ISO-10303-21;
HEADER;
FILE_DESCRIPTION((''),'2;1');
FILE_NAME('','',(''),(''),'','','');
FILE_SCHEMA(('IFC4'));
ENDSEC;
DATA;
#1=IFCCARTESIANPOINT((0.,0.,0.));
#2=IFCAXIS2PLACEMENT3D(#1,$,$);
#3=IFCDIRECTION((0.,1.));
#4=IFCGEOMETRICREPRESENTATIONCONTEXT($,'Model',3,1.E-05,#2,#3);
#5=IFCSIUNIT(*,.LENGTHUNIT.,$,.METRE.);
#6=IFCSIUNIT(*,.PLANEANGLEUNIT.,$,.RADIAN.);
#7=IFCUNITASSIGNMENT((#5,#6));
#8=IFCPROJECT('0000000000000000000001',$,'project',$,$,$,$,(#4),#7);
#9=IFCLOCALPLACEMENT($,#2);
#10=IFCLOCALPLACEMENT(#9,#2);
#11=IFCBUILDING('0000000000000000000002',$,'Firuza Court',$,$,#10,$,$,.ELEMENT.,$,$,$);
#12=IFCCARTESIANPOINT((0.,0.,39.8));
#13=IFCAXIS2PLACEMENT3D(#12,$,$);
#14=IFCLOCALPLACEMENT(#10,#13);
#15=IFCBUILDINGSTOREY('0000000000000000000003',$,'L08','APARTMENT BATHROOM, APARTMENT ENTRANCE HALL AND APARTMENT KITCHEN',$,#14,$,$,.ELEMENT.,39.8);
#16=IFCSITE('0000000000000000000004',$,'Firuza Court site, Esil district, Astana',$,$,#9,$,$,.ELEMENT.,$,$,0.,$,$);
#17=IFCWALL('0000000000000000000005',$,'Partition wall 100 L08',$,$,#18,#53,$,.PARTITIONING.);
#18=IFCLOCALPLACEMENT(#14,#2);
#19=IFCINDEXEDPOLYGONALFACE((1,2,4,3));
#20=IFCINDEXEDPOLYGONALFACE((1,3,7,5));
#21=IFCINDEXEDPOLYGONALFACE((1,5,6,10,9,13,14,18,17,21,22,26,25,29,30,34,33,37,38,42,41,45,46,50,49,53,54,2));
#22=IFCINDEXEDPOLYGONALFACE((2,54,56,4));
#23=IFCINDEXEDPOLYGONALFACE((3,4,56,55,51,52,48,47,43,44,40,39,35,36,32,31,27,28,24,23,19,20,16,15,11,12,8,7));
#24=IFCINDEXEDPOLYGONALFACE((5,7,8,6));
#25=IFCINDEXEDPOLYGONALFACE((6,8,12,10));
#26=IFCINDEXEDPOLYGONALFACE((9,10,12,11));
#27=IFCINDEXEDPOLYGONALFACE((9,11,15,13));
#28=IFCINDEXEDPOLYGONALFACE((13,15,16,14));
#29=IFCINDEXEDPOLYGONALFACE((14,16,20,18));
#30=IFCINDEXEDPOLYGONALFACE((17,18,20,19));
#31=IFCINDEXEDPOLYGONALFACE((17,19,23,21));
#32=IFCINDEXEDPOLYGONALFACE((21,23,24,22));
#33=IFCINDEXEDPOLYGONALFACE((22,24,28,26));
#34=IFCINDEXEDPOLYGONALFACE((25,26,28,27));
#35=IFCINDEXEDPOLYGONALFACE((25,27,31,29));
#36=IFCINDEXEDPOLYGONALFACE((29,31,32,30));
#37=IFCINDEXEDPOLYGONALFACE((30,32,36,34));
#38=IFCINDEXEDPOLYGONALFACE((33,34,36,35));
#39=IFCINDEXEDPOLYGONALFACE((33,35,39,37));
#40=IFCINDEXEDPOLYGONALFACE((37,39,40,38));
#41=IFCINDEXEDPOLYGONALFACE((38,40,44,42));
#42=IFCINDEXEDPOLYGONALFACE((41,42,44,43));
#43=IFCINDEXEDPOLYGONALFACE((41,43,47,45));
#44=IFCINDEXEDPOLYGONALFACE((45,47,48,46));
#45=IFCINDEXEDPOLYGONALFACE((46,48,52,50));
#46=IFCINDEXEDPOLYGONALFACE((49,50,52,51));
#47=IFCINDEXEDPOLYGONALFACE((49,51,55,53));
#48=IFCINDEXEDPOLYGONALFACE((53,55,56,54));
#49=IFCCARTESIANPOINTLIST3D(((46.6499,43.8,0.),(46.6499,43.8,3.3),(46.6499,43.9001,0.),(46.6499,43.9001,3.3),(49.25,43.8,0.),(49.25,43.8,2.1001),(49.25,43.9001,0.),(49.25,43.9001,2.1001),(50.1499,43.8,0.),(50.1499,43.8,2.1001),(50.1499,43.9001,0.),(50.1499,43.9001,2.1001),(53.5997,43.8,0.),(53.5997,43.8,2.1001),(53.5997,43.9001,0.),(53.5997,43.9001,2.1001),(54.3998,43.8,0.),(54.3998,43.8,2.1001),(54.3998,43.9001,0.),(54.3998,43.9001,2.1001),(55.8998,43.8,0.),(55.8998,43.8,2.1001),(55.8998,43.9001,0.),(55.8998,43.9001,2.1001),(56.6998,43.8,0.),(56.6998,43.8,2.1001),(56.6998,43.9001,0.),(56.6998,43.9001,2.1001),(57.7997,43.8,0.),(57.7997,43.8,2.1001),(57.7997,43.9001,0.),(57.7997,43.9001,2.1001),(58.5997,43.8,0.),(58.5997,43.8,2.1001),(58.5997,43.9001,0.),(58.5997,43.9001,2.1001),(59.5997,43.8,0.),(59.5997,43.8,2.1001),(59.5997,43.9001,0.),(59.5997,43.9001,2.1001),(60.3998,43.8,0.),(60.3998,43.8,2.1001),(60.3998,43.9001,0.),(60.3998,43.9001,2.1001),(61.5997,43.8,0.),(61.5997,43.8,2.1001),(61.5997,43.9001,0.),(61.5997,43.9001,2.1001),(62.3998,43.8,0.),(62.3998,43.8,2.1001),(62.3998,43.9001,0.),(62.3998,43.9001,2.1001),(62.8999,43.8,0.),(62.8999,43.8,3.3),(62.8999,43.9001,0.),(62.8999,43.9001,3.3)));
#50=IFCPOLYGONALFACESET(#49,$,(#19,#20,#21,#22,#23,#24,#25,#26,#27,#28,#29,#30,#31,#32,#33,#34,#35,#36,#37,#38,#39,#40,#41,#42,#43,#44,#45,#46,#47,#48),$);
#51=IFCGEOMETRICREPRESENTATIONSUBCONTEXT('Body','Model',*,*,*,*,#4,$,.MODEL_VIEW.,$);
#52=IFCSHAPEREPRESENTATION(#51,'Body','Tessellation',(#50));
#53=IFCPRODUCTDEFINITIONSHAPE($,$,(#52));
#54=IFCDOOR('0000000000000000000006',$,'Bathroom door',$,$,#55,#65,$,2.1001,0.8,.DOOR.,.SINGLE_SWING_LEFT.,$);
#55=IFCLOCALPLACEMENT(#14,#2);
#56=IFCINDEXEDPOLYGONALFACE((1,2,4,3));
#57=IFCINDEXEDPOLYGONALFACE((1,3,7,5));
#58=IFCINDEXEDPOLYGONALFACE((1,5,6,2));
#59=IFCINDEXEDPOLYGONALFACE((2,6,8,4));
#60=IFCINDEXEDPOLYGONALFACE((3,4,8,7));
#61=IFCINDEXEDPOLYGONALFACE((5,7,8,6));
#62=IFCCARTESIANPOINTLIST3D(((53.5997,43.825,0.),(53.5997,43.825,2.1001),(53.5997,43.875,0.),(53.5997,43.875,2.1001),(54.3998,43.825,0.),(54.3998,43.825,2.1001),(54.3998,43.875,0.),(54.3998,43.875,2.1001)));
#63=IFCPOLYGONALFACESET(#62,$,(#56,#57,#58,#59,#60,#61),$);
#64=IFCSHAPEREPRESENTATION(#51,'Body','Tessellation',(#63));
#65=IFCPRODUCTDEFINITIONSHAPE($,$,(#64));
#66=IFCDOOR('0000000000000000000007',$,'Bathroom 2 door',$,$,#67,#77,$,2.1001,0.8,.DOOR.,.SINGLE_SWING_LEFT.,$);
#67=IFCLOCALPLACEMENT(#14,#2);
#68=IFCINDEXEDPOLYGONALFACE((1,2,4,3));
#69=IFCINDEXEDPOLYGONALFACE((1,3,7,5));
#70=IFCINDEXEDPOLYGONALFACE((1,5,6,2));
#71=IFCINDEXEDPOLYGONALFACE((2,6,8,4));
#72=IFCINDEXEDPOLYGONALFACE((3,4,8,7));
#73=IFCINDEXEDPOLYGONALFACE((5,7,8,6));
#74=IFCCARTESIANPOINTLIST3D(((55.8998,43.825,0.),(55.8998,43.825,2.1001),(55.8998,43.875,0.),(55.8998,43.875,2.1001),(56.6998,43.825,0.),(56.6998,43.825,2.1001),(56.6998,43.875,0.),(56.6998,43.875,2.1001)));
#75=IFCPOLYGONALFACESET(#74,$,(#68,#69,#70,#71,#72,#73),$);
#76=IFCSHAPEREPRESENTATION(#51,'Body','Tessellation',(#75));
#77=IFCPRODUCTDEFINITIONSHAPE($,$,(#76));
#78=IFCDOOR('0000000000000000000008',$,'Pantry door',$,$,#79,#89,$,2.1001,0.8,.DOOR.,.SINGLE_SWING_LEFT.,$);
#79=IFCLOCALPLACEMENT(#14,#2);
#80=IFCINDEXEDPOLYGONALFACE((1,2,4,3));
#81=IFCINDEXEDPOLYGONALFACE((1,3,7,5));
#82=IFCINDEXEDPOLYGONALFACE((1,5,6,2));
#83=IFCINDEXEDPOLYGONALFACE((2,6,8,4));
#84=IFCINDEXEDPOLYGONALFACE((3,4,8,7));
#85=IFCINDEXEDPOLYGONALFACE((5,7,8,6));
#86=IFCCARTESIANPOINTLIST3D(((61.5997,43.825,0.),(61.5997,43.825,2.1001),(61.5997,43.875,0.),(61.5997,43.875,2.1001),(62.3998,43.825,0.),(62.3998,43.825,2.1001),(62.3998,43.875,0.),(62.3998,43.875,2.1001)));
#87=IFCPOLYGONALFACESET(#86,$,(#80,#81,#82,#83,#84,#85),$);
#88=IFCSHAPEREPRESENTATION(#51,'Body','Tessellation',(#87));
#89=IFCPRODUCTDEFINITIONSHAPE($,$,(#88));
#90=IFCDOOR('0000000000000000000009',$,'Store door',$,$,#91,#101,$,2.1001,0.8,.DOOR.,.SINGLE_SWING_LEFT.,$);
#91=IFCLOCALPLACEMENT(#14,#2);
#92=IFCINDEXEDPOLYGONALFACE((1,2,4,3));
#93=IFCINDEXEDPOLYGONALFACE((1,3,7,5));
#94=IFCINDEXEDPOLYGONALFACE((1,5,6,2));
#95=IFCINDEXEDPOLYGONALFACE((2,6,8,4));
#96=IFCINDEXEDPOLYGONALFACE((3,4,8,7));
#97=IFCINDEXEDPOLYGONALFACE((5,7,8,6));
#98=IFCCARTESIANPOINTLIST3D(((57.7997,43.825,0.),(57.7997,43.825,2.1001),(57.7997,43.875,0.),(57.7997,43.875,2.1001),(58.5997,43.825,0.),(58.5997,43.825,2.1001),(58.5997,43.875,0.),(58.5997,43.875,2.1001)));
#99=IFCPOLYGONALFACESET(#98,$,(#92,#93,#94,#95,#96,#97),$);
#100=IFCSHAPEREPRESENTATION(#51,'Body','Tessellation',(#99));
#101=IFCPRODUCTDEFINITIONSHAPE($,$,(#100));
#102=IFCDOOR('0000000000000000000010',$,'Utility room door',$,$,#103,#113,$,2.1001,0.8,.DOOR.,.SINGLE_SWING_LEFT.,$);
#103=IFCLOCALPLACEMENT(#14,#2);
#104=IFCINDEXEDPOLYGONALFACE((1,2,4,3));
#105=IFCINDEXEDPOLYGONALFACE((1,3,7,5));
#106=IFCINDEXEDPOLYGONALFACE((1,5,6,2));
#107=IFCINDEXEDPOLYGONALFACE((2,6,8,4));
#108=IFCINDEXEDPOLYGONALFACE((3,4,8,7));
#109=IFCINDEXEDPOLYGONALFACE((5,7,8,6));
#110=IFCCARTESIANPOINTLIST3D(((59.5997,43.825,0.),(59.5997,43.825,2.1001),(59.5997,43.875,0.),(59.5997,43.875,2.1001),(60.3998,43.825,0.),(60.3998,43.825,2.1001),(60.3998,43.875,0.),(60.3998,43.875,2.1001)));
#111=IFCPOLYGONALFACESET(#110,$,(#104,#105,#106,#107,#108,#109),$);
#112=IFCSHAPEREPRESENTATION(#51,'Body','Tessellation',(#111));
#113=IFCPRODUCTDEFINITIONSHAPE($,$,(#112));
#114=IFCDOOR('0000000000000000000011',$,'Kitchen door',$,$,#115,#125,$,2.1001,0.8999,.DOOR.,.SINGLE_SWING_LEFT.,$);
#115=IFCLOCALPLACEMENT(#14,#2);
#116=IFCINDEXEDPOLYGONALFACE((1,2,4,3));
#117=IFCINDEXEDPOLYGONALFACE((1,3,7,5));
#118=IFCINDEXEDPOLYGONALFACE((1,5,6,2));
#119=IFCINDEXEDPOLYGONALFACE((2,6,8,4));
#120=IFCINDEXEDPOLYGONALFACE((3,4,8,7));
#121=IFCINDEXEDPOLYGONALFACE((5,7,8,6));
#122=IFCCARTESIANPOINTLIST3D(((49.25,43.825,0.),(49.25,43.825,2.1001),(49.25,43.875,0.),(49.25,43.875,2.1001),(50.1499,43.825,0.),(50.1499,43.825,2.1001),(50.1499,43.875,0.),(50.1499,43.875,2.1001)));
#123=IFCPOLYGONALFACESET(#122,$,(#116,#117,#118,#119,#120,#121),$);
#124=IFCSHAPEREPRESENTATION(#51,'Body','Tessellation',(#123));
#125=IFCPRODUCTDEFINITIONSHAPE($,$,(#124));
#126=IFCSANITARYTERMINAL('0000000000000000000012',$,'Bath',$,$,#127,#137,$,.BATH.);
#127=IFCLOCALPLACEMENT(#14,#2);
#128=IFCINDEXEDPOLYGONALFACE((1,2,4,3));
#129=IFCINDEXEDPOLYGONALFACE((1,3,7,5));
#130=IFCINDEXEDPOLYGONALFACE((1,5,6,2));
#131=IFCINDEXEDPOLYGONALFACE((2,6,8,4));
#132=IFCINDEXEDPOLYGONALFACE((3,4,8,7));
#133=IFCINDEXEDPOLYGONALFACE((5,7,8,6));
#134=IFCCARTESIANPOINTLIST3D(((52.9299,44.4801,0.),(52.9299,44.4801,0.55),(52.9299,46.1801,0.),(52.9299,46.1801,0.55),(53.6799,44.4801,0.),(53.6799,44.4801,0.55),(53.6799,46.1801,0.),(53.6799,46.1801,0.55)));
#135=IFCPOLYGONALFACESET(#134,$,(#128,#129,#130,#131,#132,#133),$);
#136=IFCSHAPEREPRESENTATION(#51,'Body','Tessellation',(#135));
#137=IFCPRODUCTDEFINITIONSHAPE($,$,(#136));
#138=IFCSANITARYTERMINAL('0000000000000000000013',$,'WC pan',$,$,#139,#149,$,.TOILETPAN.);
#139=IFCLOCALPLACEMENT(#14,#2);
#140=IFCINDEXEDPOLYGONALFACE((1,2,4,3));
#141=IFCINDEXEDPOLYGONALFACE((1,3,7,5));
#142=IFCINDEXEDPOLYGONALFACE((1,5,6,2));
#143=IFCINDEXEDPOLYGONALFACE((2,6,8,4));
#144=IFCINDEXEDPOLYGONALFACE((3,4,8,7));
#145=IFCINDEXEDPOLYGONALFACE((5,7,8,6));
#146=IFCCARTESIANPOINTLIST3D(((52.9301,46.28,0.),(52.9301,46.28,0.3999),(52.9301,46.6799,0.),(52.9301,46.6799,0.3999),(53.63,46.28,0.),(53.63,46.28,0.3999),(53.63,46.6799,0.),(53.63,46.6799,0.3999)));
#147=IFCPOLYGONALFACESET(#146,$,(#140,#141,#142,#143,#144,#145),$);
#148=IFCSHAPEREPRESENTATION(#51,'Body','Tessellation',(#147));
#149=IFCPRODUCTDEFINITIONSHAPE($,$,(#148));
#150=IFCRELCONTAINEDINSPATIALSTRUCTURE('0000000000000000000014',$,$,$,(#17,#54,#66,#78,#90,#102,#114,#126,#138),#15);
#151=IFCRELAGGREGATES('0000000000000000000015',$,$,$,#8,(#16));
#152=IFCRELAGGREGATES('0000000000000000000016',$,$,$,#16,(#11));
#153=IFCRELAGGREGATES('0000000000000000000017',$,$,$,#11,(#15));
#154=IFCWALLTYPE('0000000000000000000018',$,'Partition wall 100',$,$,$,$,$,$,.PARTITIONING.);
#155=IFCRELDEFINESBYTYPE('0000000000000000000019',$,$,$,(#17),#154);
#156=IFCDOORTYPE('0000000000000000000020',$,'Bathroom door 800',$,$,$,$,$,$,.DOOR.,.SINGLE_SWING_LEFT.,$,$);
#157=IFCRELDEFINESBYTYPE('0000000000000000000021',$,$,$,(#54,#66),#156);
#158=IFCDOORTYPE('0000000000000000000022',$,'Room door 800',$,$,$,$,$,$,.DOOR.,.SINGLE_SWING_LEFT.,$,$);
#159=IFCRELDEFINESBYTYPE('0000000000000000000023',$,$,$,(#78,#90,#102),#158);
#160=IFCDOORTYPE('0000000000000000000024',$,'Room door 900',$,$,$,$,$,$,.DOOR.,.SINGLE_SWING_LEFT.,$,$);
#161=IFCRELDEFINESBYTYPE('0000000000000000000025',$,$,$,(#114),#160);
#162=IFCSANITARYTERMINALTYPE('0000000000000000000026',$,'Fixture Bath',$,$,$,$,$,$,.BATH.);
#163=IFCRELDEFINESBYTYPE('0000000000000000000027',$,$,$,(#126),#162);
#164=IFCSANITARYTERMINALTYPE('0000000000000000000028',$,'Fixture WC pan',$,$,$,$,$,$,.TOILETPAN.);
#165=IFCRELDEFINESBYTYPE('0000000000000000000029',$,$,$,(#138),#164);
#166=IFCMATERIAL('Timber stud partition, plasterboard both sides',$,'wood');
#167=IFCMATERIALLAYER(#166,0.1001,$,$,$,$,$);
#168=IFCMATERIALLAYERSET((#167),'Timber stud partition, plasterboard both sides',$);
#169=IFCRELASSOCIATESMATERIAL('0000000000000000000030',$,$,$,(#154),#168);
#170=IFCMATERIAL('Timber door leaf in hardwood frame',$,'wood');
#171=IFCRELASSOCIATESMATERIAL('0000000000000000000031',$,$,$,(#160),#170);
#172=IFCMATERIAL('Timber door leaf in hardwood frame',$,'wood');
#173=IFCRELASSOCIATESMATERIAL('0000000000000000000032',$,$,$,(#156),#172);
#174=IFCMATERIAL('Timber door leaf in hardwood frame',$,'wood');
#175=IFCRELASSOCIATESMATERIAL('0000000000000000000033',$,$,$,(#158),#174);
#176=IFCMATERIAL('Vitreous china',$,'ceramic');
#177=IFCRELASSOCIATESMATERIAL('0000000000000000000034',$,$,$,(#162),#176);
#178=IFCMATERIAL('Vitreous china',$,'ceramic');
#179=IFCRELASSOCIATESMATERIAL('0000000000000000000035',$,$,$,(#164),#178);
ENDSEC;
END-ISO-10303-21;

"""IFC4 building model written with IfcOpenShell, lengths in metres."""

from ifc_helpers import new_model, si_unit, direction, frame, frame_2d, origin, origin_2d, place, context, subcontext, project, spatial, rectangle, extrude, material, layer, layer_set, type_object, element, fill, save


model = new_model("IFC4")

# Units and contexts
model_context = context("Model", 3, precision=1e-05, world=origin(), true_north=direction((0.0, 1.0)))
body_context = subcontext(model_context, "Body", "Model", "MODEL_VIEW")
ifc_project = project(units=[si_unit("LENGTHUNIT", "METRE"), si_unit("PLANEANGLEUNIT", "RADIAN")], contexts=[model_context])

# Site, building, storey
site_placement = place(None, origin())
site = spatial("IfcSite", under=ifc_project, at=site_placement, Name="Firuza Court site, Esil district, Astana", CompositionType="ELEMENT", RefElevation=0.0)
building_placement = place(site_placement, origin())
building = spatial("IfcBuilding", under=site, at=building_placement, Name="Firuza Court", CompositionType="ELEMENT")
storey_placement = place(building_placement, frame((0.0, 0.0, 39.8)))
storey = spatial("IfcBuildingStorey", under=building, at=storey_placement, Name="L08", Description="APARTMENT BATHROOM, APARTMENT ENTRANCE HALL AND APARTMENT KITCHEN", CompositionType="ELEMENT", Elevation=39.8)

# Shared definitions
ifc_material_1 = material(Name="Timber stud partition, plasterboard both sides", Category="wood")
ifc_layer_1 = layer(ifc_material_1, 0.1001)
ifc_layer_set_1 = layer_set([ifc_layer_1], Name="Timber stud partition, plasterboard both sides")
wall_type_1 = type_object("IfcWallType", Name="Partition wall 100", PredefinedType="PARTITIONING", material=ifc_layer_set_1)

# Shared definitions
ifc_material_2 = material(Name="Timber door leaf in hardwood frame", Category="wood")
door_type_1 = type_object("IfcDoorType", Name="Room door 900", OperationType="SINGLE_SWING_LEFT", PredefinedType="DOOR", material=ifc_material_2)

# Wall, openings, doors
wall_1_placement = place(storey_placement, frame((46.6499, 43.8501, 0.0), z_axis=(0.0, 0.0, 1.0), x_axis=(1.0, 0.0, 0.0)))
wall_1 = element("IfcWall", 1, at=wall_1_placement, inside=storey, type_object=wall_type_1, Name="Partition wall 100 L08", PredefinedType="PARTITIONING", context=body_context, shape_type="SweptSolid", body=[
    extrude(rectangle(XDim=16.25, YDim=0.1001, at=frame_2d((8.125, 0.0))), origin(), (0.0, 0.0, 1.0), 3.3),
])
opening_1_placement = place(wall_1_placement, frame((6.95, 0.0, 0.0)))
opening_1 = element("IfcOpeningElement", 2, at=opening_1_placement, cuts=wall_1, PredefinedType="OPENING", context=body_context, shape_type="SweptSolid", body=[
    extrude(rectangle(XDim=0.8, YDim=2.1001, at=frame_2d((0.3999, 1.05))), frame((0.0, 0.062, 0.0), z_axis=(0.0, -1.0, 0.0), x_axis=(1.0, 0.0, 0.0)), (0.0, 0.0, 1.0), 0.124),
])
opening_2_placement = place(wall_1_placement, frame((9.25, 0.0, 0.0)))
opening_2 = element("IfcOpeningElement", 3, at=opening_2_placement, cuts=wall_1, PredefinedType="OPENING", context=body_context, shape_type="SweptSolid", body=[
    extrude(rectangle(XDim=0.8, YDim=2.1001, at=frame_2d((0.3999, 1.05))), frame((0.0, 0.062, 0.0), z_axis=(0.0, -1.0, 0.0), x_axis=(1.0, 0.0, 0.0)), (0.0, 0.0, 1.0), 0.124),
])
opening_3_placement = place(wall_1_placement, frame((2.6001, 0.0, 0.0)))
opening_3 = element("IfcOpeningElement", 4, at=opening_3_placement, cuts=wall_1, PredefinedType="OPENING", context=body_context, shape_type="SweptSolid", body=[
    extrude(rectangle(XDim=0.8999, YDim=2.1001, at=frame_2d((0.45, 1.05))), frame((0.0, 0.062, 0.0), z_axis=(0.0, -1.0, 0.0), x_axis=(1.0, 0.0, 0.0)), (0.0, 0.0, 1.0), 0.124),
])
opening_4_placement = place(wall_1_placement, frame((14.95, 0.0, 0.0)))
opening_4 = element("IfcOpeningElement", 5, at=opening_4_placement, cuts=wall_1, PredefinedType="OPENING", context=body_context, shape_type="SweptSolid", body=[
    extrude(rectangle(XDim=0.8, YDim=2.1001, at=frame_2d((0.3999, 1.05))), frame((0.0, 0.062, 0.0), z_axis=(0.0, -1.0, 0.0), x_axis=(1.0, 0.0, 0.0)), (0.0, 0.0, 1.0), 0.124),
])
opening_5_placement = place(wall_1_placement, frame((11.1499, 0.0, 0.0)))
opening_5 = element("IfcOpeningElement", 6, at=opening_5_placement, cuts=wall_1, PredefinedType="OPENING", context=body_context, shape_type="SweptSolid", body=[
    extrude(rectangle(XDim=0.8, YDim=2.1001, at=frame_2d((0.3999, 1.05))), frame((0.0, 0.062, 0.0), z_axis=(0.0, -1.0, 0.0), x_axis=(1.0, 0.0, 0.0)), (0.0, 0.0, 1.0), 0.124),
])
opening_6_placement = place(wall_1_placement, frame((12.95, 0.0, 0.0)))
opening_6 = element("IfcOpeningElement", 7, at=opening_6_placement, cuts=wall_1, PredefinedType="OPENING", context=body_context, shape_type="SweptSolid", body=[
    extrude(rectangle(XDim=0.8, YDim=2.1001, at=frame_2d((0.3999, 1.05))), frame((0.0, 0.062, 0.0), z_axis=(0.0, -1.0, 0.0), x_axis=(1.0, 0.0, 0.0)), (0.0, 0.0, 1.0), 0.124),
])
ifc_material_3 = material(Name="Timber door leaf in hardwood frame", Category="wood")
door_type_2 = type_object("IfcDoorType", Name="Bathroom door 800", OperationType="SINGLE_SWING_LEFT", PredefinedType="DOOR", material=ifc_material_3)
door_1_placement = place(opening_1_placement, origin())
door_1 = element("IfcDoor", 8, at=door_1_placement, inside=storey, type_object=door_type_2, Name="Bathroom door", OperationType="SINGLE_SWING_LEFT", OverallHeight=2.1001, OverallWidth=0.8, PredefinedType="DOOR", context=body_context, shape_type="SweptSolid", body=[
    extrude(rectangle(XDim=0.8, YDim=2.1001, at=frame_2d((0.3999, 1.05))), frame((0.0, 0.0249, 0.0), z_axis=(0.0, -1.0, 0.0), x_axis=(1.0, 0.0, 0.0)), (0.0, 0.0, 1.0), 0.05),
])
fill(opening_1, door_1)
door_2_placement = place(opening_2_placement, origin())
door_2 = element("IfcDoor", 9, at=door_2_placement, inside=storey, type_object=door_type_2, Name="Bathroom 2 door", OperationType="SINGLE_SWING_LEFT", OverallHeight=2.1001, OverallWidth=0.8, PredefinedType="DOOR", context=body_context, shape_type="SweptSolid", body=[
    extrude(rectangle(XDim=0.8, YDim=2.1001, at=frame_2d((0.3999, 1.05))), frame((0.0, 0.0249, 0.0), z_axis=(0.0, -1.0, 0.0), x_axis=(1.0, 0.0, 0.0)), (0.0, 0.0, 1.0), 0.05),
])
fill(opening_2, door_2)
ifc_material_4 = material(Name="Timber door leaf in hardwood frame", Category="wood")
door_type_3 = type_object("IfcDoorType", Name="Room door 800", OperationType="SINGLE_SWING_LEFT", PredefinedType="DOOR", material=ifc_material_4)
door_3_placement = place(opening_4_placement, origin())
door_3 = element("IfcDoor", 10, at=door_3_placement, inside=storey, type_object=door_type_3, Name="Pantry door", OperationType="SINGLE_SWING_LEFT", OverallHeight=2.1001, OverallWidth=0.8, PredefinedType="DOOR", context=body_context, shape_type="SweptSolid", body=[
    extrude(rectangle(XDim=0.8, YDim=2.1001, at=frame_2d((0.3999, 1.05))), frame((0.0, 0.0249, 0.0), z_axis=(0.0, -1.0, 0.0), x_axis=(1.0, 0.0, 0.0)), (0.0, 0.0, 1.0), 0.05),
])
fill(opening_4, door_3)
door_4_placement = place(opening_5_placement, origin())
door_4 = element("IfcDoor", 11, at=door_4_placement, inside=storey, type_object=door_type_3, Name="Store door", OperationType="SINGLE_SWING_LEFT", OverallHeight=2.1001, OverallWidth=0.8, PredefinedType="DOOR", context=body_context, shape_type="SweptSolid", body=[
    extrude(rectangle(XDim=0.8, YDim=2.1001, at=frame_2d((0.3999, 1.05))), frame((0.0, 0.0249, 0.0), z_axis=(0.0, -1.0, 0.0), x_axis=(1.0, 0.0, 0.0)), (0.0, 0.0, 1.0), 0.05),
])
fill(opening_5, door_4)
door_5_placement = place(opening_6_placement, origin())
door_5 = element("IfcDoor", 12, at=door_5_placement, inside=storey, type_object=door_type_3, Name="Utility room door", OperationType="SINGLE_SWING_LEFT", OverallHeight=2.1001, OverallWidth=0.8, PredefinedType="DOOR", context=body_context, shape_type="SweptSolid", body=[
    extrude(rectangle(XDim=0.8, YDim=2.1001, at=frame_2d((0.3999, 1.05))), frame((0.0, 0.0249, 0.0), z_axis=(0.0, -1.0, 0.0), x_axis=(1.0, 0.0, 0.0)), (0.0, 0.0, 1.0), 0.05),
])
fill(opening_6, door_5)
door_6_placement = place(opening_3_placement, origin())
door_6 = element("IfcDoor", 13, at=door_6_placement, inside=storey, type_object=door_type_1, Name="Kitchen door", OperationType="SINGLE_SWING_LEFT", OverallHeight=2.1001, OverallWidth=0.8999, PredefinedType="DOOR", context=body_context, shape_type="SweptSolid", body=[
    extrude(rectangle(XDim=0.8999, YDim=2.1001, at=frame_2d((0.45, 1.05))), frame((0.0, 0.0249, 0.0), z_axis=(0.0, -1.0, 0.0), x_axis=(1.0, 0.0, 0.0)), (0.0, 0.0, 1.0), 0.05),
])
fill(opening_3, door_6)

# Sanitary terminals
ifc_material_5 = material(Name="Vitreous china", Category="ceramic")
sanitary_terminal_type_1 = type_object("IfcSanitaryTerminalType", Name="Fixture Bath", PredefinedType="BATH", material=ifc_material_5)
sanitary_terminal_1_placement = place(storey_placement, frame((53.3049, 45.3301, 0.0), z_axis=(0.0, 0.0, 1.0), x_axis=(1.0, 0.0, 0.0)))
element("IfcSanitaryTerminal", 14, at=sanitary_terminal_1_placement, inside=storey, type_object=sanitary_terminal_type_1, Name="Bath", PredefinedType="BATH", context=body_context, shape_type="SweptSolid", body=[
    extrude(rectangle(XDim=0.75, YDim=1.7, at=origin_2d()), origin(), (0.0, 0.0, 1.0), 0.55),
])
ifc_material_6 = material(Name="Vitreous china", Category="ceramic")
sanitary_terminal_type_2 = type_object("IfcSanitaryTerminalType", Name="Fixture WC pan", PredefinedType="TOILETPAN", material=ifc_material_6)
sanitary_terminal_2_placement = place(storey_placement, frame((53.28, 46.48, 0.0), z_axis=(0.0, 0.0, 1.0), x_axis=(1.0, 0.0, 0.0)))
element("IfcSanitaryTerminal", 15, at=sanitary_terminal_2_placement, inside=storey, type_object=sanitary_terminal_type_2, Name="WC pan", PredefinedType="TOILETPAN", context=body_context, shape_type="SweptSolid", body=[
    extrude(rectangle(XDim=0.7, YDim=0.3999, at=origin_2d()), origin(), (0.0, 0.0, 1.0), 0.3999),
])

save(model, "model.ifc")
